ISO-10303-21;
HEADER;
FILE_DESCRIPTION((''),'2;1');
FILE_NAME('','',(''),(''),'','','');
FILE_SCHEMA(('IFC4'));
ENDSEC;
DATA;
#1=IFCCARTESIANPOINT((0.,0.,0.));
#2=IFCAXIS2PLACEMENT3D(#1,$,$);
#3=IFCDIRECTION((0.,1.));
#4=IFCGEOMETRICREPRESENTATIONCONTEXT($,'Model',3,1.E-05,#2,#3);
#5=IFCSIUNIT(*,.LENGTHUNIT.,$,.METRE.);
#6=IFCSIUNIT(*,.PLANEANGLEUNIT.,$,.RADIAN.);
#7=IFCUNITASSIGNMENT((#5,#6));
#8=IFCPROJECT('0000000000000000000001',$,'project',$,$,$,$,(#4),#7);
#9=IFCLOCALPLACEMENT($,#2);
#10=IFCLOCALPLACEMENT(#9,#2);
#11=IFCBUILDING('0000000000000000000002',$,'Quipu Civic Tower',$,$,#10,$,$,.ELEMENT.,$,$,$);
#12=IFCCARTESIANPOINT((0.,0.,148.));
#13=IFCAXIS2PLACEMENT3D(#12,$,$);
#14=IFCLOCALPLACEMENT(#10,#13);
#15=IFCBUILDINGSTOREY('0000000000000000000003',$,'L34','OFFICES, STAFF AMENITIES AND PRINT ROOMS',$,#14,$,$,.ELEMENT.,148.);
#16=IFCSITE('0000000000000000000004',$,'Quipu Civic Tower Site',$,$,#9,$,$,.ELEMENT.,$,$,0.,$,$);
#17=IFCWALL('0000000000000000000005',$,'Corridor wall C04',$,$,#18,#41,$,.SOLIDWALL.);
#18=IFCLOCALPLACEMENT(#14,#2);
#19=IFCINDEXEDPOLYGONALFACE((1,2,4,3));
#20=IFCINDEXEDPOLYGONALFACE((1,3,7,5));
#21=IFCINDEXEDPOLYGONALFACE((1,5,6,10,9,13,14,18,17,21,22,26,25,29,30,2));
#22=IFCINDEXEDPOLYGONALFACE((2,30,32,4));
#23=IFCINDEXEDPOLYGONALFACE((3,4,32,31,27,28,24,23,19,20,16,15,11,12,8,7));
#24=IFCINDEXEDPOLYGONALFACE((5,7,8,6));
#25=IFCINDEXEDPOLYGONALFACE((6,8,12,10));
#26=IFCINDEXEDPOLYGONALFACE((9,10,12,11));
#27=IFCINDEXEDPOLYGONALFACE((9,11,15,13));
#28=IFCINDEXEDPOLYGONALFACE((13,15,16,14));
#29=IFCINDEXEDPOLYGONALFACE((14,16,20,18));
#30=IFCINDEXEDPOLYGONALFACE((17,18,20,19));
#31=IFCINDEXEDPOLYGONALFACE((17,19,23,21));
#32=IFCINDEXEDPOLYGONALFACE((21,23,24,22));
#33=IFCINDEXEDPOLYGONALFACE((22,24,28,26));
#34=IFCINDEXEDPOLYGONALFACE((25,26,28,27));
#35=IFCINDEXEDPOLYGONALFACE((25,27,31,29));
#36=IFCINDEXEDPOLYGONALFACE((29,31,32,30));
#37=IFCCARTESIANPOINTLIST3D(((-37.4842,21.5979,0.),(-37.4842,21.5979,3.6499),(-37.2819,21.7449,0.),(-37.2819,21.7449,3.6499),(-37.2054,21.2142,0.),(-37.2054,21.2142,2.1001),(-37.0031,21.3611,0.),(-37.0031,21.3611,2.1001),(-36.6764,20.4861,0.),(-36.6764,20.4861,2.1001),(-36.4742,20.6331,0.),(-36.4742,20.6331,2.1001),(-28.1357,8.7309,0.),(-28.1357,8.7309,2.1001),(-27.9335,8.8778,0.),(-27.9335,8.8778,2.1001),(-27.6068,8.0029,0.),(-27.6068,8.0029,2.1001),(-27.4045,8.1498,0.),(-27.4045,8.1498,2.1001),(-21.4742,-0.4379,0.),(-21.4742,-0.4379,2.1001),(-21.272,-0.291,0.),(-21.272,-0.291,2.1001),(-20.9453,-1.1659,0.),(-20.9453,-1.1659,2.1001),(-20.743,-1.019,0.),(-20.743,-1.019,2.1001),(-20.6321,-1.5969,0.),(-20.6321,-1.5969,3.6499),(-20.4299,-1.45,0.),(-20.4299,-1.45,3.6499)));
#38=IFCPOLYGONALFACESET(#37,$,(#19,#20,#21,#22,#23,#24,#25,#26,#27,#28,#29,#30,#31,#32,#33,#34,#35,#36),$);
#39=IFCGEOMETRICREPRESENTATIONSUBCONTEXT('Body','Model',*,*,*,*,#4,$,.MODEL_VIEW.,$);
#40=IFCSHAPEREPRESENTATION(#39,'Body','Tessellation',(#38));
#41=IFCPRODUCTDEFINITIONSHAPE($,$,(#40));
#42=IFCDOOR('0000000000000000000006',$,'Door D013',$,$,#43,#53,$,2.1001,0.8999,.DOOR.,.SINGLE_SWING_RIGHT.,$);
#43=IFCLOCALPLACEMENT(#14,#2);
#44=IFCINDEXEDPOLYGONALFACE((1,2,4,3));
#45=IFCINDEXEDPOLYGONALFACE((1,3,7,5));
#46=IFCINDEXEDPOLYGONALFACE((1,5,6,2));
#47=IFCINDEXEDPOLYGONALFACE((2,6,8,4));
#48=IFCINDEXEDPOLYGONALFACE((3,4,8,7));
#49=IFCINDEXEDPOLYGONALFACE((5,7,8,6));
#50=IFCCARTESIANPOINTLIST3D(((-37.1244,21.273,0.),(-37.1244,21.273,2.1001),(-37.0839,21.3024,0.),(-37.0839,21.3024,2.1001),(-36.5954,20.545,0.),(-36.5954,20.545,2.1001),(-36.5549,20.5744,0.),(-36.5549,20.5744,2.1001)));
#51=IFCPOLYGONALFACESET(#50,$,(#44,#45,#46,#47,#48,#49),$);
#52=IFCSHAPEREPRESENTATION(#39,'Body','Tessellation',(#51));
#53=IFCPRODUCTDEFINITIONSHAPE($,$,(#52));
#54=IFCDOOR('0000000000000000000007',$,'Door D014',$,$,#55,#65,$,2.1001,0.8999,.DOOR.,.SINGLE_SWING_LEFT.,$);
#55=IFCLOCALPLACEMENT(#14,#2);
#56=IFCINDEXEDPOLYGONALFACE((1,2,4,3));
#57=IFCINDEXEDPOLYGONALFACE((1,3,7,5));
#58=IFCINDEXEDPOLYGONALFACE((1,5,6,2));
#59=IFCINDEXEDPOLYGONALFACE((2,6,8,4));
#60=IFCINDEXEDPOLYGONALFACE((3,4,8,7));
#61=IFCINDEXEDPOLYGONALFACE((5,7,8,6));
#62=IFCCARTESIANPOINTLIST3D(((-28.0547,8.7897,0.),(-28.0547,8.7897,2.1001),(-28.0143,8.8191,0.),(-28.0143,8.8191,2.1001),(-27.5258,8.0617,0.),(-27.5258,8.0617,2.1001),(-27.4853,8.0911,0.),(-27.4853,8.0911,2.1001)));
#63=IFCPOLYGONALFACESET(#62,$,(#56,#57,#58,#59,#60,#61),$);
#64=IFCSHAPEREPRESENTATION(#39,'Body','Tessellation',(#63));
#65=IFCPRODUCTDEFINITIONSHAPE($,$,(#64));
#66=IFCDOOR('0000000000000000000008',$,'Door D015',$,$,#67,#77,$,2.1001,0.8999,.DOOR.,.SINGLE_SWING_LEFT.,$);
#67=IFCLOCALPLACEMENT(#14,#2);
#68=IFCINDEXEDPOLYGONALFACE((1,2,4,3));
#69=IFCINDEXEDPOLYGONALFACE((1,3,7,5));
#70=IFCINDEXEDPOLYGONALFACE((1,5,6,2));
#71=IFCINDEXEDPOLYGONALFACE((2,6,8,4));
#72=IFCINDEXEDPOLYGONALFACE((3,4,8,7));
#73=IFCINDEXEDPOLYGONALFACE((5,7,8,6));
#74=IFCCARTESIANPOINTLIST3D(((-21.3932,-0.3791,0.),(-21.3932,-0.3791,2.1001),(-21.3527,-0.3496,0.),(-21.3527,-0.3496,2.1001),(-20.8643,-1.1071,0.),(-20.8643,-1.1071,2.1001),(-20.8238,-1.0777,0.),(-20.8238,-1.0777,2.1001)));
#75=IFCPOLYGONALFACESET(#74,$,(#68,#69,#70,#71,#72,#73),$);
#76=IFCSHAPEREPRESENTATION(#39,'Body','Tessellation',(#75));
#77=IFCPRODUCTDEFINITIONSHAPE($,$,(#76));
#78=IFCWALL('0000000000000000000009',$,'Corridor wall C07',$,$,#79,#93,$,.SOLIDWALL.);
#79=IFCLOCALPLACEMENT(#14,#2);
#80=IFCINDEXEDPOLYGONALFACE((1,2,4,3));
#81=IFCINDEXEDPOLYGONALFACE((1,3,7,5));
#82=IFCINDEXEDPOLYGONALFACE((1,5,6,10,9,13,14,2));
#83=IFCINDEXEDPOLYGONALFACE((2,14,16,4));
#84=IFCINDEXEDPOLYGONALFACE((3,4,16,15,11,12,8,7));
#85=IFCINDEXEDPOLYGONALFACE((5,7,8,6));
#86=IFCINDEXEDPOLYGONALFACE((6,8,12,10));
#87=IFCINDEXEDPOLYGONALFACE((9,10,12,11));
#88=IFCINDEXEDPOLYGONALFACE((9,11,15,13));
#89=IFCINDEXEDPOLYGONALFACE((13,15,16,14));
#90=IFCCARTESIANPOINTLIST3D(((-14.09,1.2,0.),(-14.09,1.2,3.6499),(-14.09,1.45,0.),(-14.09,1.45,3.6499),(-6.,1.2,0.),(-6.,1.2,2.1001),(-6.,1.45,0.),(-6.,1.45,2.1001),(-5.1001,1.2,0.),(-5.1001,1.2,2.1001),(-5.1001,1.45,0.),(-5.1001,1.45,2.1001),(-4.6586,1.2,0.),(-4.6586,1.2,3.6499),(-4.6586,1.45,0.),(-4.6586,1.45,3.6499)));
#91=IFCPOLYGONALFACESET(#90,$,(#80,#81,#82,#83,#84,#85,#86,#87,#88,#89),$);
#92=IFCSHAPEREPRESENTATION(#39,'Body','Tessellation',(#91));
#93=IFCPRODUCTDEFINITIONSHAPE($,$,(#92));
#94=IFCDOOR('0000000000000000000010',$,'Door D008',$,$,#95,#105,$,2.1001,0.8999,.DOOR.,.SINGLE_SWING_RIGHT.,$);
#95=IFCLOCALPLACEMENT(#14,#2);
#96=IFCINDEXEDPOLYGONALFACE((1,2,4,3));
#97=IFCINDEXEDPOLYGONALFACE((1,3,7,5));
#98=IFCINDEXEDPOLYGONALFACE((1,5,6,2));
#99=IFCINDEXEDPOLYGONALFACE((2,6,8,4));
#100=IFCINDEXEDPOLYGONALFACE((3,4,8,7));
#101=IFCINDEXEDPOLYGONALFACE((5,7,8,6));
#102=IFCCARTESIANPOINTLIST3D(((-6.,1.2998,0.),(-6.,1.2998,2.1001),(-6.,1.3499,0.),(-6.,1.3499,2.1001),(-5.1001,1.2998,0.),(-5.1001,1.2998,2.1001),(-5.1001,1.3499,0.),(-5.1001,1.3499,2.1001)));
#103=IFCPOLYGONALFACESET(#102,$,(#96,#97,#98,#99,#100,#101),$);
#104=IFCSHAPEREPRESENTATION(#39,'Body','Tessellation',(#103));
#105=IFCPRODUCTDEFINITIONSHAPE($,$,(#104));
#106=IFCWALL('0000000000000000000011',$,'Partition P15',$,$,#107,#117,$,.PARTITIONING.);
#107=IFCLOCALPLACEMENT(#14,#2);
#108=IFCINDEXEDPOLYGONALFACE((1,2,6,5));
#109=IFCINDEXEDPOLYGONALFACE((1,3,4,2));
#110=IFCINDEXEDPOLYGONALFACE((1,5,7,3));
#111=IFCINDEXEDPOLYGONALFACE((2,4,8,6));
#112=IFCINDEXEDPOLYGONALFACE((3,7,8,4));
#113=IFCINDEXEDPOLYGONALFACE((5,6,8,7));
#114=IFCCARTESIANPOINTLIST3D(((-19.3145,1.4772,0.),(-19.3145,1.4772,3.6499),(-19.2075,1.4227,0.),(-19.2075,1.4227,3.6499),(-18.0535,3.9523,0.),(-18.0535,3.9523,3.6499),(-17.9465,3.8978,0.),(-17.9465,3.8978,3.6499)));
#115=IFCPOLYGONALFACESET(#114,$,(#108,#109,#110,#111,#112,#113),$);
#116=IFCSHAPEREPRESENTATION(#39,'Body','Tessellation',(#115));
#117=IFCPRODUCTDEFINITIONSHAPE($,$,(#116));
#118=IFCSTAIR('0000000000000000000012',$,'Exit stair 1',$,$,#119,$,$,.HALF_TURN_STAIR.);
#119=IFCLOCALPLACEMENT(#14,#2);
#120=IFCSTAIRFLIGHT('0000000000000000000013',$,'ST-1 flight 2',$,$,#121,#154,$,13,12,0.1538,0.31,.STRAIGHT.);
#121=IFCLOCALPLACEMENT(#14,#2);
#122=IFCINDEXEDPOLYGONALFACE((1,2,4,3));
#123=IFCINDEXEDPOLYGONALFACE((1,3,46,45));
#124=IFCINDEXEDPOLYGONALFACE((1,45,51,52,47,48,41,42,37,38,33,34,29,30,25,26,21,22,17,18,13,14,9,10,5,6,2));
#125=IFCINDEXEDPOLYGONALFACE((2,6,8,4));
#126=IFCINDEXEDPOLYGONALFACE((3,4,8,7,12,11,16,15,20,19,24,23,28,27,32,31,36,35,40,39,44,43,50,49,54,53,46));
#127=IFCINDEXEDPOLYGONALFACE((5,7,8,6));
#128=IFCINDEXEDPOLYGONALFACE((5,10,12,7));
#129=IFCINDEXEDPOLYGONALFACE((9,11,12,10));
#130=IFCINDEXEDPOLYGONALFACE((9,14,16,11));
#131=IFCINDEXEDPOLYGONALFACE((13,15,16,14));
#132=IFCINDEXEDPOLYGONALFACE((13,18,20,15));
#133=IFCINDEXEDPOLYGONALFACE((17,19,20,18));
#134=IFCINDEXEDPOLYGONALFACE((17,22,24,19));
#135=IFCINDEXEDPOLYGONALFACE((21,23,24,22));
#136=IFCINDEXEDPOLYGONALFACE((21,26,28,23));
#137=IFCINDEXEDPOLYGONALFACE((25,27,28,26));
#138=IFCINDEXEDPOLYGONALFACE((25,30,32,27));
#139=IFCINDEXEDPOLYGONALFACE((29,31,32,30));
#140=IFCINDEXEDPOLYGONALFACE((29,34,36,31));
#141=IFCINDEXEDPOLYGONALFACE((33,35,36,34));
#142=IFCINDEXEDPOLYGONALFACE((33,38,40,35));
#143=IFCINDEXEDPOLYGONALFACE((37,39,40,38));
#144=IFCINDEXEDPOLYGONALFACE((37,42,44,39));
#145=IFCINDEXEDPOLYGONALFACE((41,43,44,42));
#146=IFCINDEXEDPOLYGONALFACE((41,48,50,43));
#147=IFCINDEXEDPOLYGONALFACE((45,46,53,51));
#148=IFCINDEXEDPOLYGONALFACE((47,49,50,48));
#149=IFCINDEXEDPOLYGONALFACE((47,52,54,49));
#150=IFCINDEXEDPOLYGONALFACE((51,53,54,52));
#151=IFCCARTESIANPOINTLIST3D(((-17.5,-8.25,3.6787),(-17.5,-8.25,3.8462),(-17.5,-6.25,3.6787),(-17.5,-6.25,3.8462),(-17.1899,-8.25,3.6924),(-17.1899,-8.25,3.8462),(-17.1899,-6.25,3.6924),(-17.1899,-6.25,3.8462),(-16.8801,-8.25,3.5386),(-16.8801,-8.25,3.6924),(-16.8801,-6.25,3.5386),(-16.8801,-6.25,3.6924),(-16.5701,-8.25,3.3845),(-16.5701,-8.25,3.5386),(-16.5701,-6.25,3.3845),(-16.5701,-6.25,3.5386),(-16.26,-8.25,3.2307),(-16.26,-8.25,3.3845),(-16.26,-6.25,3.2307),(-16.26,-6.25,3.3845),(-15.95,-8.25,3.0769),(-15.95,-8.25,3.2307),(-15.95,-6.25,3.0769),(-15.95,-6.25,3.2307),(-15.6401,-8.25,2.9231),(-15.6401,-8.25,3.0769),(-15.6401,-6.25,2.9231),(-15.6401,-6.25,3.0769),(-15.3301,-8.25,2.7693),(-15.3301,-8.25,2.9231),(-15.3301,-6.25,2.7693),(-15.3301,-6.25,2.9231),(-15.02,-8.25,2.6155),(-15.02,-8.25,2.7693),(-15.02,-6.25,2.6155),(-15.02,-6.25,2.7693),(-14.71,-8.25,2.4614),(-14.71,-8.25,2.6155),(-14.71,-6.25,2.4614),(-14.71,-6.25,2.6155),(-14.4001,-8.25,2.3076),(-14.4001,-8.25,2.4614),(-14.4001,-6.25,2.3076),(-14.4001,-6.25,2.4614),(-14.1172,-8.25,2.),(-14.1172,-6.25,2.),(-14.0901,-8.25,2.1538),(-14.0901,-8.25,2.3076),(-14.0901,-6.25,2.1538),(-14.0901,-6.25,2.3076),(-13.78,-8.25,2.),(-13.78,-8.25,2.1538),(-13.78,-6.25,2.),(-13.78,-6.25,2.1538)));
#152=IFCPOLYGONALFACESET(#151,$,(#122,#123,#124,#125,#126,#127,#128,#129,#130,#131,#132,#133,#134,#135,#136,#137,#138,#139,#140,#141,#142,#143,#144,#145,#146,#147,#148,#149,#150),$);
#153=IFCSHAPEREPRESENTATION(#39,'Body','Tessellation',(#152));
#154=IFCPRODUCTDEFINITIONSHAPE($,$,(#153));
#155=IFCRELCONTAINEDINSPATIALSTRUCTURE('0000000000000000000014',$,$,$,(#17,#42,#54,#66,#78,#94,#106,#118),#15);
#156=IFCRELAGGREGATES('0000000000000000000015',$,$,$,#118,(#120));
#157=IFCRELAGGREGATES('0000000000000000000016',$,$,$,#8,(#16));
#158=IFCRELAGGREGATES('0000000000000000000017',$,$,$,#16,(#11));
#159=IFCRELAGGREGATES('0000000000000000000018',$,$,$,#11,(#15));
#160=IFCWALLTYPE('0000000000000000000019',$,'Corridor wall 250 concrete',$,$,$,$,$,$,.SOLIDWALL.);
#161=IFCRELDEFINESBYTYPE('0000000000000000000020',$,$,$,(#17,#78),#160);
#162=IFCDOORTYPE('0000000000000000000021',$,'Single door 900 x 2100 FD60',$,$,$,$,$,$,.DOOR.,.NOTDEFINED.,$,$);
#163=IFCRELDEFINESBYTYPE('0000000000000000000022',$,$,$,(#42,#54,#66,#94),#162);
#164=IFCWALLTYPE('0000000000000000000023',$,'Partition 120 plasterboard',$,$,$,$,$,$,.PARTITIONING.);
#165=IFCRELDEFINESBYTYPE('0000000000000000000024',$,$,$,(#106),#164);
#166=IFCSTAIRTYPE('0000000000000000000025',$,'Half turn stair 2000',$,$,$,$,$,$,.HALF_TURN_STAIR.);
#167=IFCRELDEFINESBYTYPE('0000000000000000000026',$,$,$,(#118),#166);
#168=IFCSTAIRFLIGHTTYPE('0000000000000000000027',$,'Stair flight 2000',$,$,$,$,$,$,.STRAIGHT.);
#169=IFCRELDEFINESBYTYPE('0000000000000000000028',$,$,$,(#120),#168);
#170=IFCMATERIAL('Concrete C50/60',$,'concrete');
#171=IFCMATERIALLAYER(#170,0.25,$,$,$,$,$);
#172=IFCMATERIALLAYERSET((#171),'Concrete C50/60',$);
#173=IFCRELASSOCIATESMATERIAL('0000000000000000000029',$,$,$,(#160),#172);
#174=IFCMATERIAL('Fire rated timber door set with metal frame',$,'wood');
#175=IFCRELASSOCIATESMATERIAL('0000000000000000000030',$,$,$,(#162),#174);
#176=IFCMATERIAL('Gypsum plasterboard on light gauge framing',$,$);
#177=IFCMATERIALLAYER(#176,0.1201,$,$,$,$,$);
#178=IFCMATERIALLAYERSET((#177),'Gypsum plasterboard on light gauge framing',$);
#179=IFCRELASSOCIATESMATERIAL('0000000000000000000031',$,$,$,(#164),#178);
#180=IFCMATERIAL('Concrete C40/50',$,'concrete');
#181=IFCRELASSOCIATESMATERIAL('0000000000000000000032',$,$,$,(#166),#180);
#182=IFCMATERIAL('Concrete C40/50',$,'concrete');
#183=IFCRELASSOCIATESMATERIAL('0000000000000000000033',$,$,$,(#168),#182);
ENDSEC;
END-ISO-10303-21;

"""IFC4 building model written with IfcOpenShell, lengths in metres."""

from ifc_helpers import new_model, si_unit, direction, frame, frame_2d, origin, place, context, subcontext, project, spatial, polyline, rectangle, outline, extrude, material, layer, layer_set, type_object, element, fill, aggregate, save


model = new_model("IFC4")

# Units and contexts
model_context = context("Model", 3, precision=1e-05, world=origin(), true_north=direction((0.0, 1.0)))
body_context = subcontext(model_context, "Body", "Model", "MODEL_VIEW")
ifc_project = project(units=[si_unit("LENGTHUNIT", "METRE"), si_unit("PLANEANGLEUNIT", "RADIAN")], contexts=[model_context])

# Site, building, storey
site_placement = place(None, origin())
site = spatial("IfcSite", under=ifc_project, at=site_placement, Name="Quipu Civic Tower Site", CompositionType="ELEMENT", RefElevation=0.0)
building_placement = place(site_placement, origin())
building = spatial("IfcBuilding", under=site, at=building_placement, Name="Quipu Civic Tower", CompositionType="ELEMENT")
storey_placement = place(building_placement, frame((0.0, 0.0, 148.0)))
storey = spatial("IfcBuildingStorey", under=building, at=storey_placement, Name="L34", Description="OFFICES, STAFF AMENITIES AND PRINT ROOMS", CompositionType="ELEMENT", Elevation=148.0)

# Wall, openings, doors
ifc_material_1 = material(Name="Concrete C50/60", Category="concrete")
ifc_layer_1 = layer(ifc_material_1, 0.25)
ifc_layer_set_1 = layer_set([ifc_layer_1], Name="Concrete C50/60")
wall_type_1 = type_object("IfcWallType", Name="Corridor wall 250 concrete", PredefinedType="SOLIDWALL", material=ifc_layer_set_1)
wall_1_placement = place(storey_placement, frame((-20.531, -1.5234, 0.0), z_axis=(0.0, 0.0, 1.0), x_axis=(-0.587786, 0.809017, 0.0)))
wall_1 = element("IfcWall", 1, at=wall_1_placement, inside=storey, type_object=wall_type_1, Name="Corridor wall C04", PredefinedType="SOLIDWALL", context=body_context, shape_type="SweptSolid", body=[
    extrude(rectangle(XDim=28.6704, YDim=0.25, at=frame_2d((14.3352, 0.0))), origin(), (0.0, 0.0, 1.0), 3.6499),
])
opening_1_placement = place(wall_1_placement, frame((27.2961, 0.0, 0.0)))
opening_1 = element("IfcOpeningElement", 2, at=opening_1_placement, cuts=wall_1, PredefinedType="OPENING", context=body_context, shape_type="SweptSolid", body=[
    extrude(rectangle(XDim=0.8999, YDim=2.1001, at=frame_2d((0.45, 1.05))), frame((0.0, 0.135, 0.0), z_axis=(0.0, -1.0, 0.0), x_axis=(1.0, 0.0, 0.0)), (0.0, 0.0, 1.0), 0.27),
])
opening_2_placement = place(wall_1_placement, frame((11.866, 0.0, 0.0)))
opening_2 = element("IfcOpeningElement", 3, at=opening_2_placement, cuts=wall_1, PredefinedType="OPENING", context=body_context, shape_type="SweptSolid", body=[
    extrude(rectangle(XDim=0.8999, YDim=2.1001, at=frame_2d((0.45, 1.05))), frame((0.0, 0.135, 0.0), z_axis=(0.0, -1.0, 0.0), x_axis=(1.0, 0.0, 0.0)), (0.0, 0.0, 1.0), 0.27),
])
opening_3_placement = place(wall_1_placement, frame((0.5327, 0.0, 0.0)))
opening_3 = element("IfcOpeningElement", 4, at=opening_3_placement, cuts=wall_1, PredefinedType="OPENING", context=body_context, shape_type="SweptSolid", body=[
    extrude(rectangle(XDim=0.8999, YDim=2.1001, at=frame_2d((0.45, 1.05))), frame((0.0, 0.135, 0.0), z_axis=(0.0, -1.0, 0.0), x_axis=(1.0, 0.0, 0.0)), (0.0, 0.0, 1.0), 0.27),
])
ifc_material_2 = material(Name="Fire rated timber door set with metal frame", Category="wood")
door_type_1 = type_object("IfcDoorType", Name="Single door 900 x 2100 FD60", OperationType="NOTDEFINED", PredefinedType="DOOR", material=ifc_material_2)
door_1_placement = place(opening_1_placement, origin())
door_1 = element("IfcDoor", 5, at=door_1_placement, inside=storey, type_object=door_type_1, Name="Door D013", OperationType="SINGLE_SWING_RIGHT", OverallHeight=2.1001, OverallWidth=0.8999, PredefinedType="DOOR", context=body_context, shape_type="SweptSolid", body=[
    extrude(rectangle(XDim=0.8999, YDim=2.1001, at=frame_2d((0.45, 1.05))), frame((0.0, 0.0249, 0.0), z_axis=(0.0, -1.0, 0.0), x_axis=(1.0, 0.0, 0.0)), (0.0, 0.0, 1.0), 0.05),
])
fill(opening_1, door_1)
door_2_placement = place(opening_2_placement, origin())
door_2 = element("IfcDoor", 6, at=door_2_placement, inside=storey, type_object=door_type_1, Name="Door D014", OperationType="SINGLE_SWING_LEFT", OverallHeight=2.1001, OverallWidth=0.8999, PredefinedType="DOOR", context=body_context, shape_type="SweptSolid", body=[
    extrude(rectangle(XDim=0.8999, YDim=2.1001, at=frame_2d((0.45, 1.05))), frame((0.0, 0.0249, 0.0), z_axis=(0.0, -1.0, 0.0), x_axis=(1.0, 0.0, 0.0)), (0.0, 0.0, 1.0), 0.05),
])
fill(opening_2, door_2)
door_3_placement = place(opening_3_placement, origin())
door_3 = element("IfcDoor", 7, at=door_3_placement, inside=storey, type_object=door_type_1, Name="Door D015", OperationType="SINGLE_SWING_LEFT", OverallHeight=2.1001, OverallWidth=0.8999, PredefinedType="DOOR", context=body_context, shape_type="SweptSolid", body=[
    extrude(rectangle(XDim=0.8999, YDim=2.1001, at=frame_2d((0.45, 1.05))), frame((0.0, 0.0249, 0.0), z_axis=(0.0, -1.0, 0.0), x_axis=(1.0, 0.0, 0.0)), (0.0, 0.0, 1.0), 0.05),
])
fill(opening_3, door_3)

# Wall, opening, door
wall_2_placement = place(storey_placement, frame((-14.0901, 1.325, 0.0), z_axis=(0.0, 0.0, 1.0), x_axis=(1.0, 0.0, 0.0)))
wall_2 = element("IfcWall", 8, at=wall_2_placement, inside=storey, type_object=wall_type_1, Name="Corridor wall C07", PredefinedType="SOLIDWALL", context=body_context, shape_type="SweptSolid", body=[
    extrude(rectangle(XDim=9.4314, YDim=0.25, at=frame_2d((4.7158, 0.0))), origin(), (0.0, 0.0, 1.0), 3.6499),
])
opening_4_placement = place(wall_2_placement, frame((8.0901, 0.0, 0.0)))
opening_4 = element("IfcOpeningElement", 9, at=opening_4_placement, cuts=wall_2, PredefinedType="OPENING", context=body_context, shape_type="SweptSolid", body=[
    extrude(rectangle(XDim=0.8999, YDim=2.1001, at=frame_2d((0.45, 1.05))), frame((0.0, 0.135, 0.0), z_axis=(0.0, -1.0, 0.0), x_axis=(1.0, 0.0, 0.0)), (0.0, 0.0, 1.0), 0.27),
])
door_4_placement = place(opening_4_placement, origin())
door_4 = element("IfcDoor", 10, at=door_4_placement, inside=storey, type_object=door_type_1, Name="Door D008", OperationType="SINGLE_SWING_RIGHT", OverallHeight=2.1001, OverallWidth=0.8999, PredefinedType="DOOR", context=body_context, shape_type="SweptSolid", body=[
    extrude(rectangle(XDim=0.8999, YDim=2.1001, at=frame_2d((0.45, 1.05))), frame((0.0, 0.0249, 0.0), z_axis=(0.0, -1.0, 0.0), x_axis=(1.0, 0.0, 0.0)), (0.0, 0.0, 1.0), 0.05),
])
fill(opening_4, door_4)

# Wall
ifc_material_3 = material(Name="Gypsum plasterboard on light gauge framing")
ifc_layer_2 = layer(ifc_material_3, 0.1201)
ifc_layer_set_2 = layer_set([ifc_layer_2], Name="Gypsum plasterboard on light gauge framing")
wall_type_2 = type_object("IfcWallType", Name="Partition 120 plasterboard", PredefinedType="PARTITIONING", material=ifc_layer_set_2)
wall_3_placement = place(storey_placement, frame((-19.261, 1.45, 0.0), z_axis=(0.0, 0.0, 1.0), x_axis=(0.453951, 0.891027, 0.0)))
element("IfcWall", 11, at=wall_3_placement, inside=storey, type_object=wall_type_2, Name="Partition P15", PredefinedType="PARTITIONING", context=body_context, shape_type="SweptSolid", body=[
    extrude(rectangle(XDim=2.7778, YDim=0.1201, at=frame_2d((1.3889, 0.0))), origin(), (0.0, 0.0, 1.0), 3.6499),
])

# Stair, stair flight
ifc_material_4 = material(Name="Concrete C40/50", Category="concrete")
stair_type = type_object("IfcStairType", Name="Half turn stair 2000", PredefinedType="HALF_TURN_STAIR", material=ifc_material_4)
stair_placement = place(storey_placement, origin())
stair = element("IfcStair", 12, at=stair_placement, inside=storey, type_object=stair_type, Name="Exit stair 1", PredefinedType="HALF_TURN_STAIR")
ifc_material_5 = material(Name="Concrete C40/50", Category="concrete")
stair_flight_type = type_object("IfcStairFlightType", Name="Stair flight 2000", PredefinedType="STRAIGHT", material=ifc_material_5)
stair_flight_placement = place(storey_placement, frame((-13.78, -7.25, 2.0), z_axis=(0.0, 0.0, 1.0), x_axis=(-1.0, 0.0, 0.0)))
stair_flight = element("IfcStairFlight", 13, at=stair_flight_placement, type_object=stair_flight_type, Name="ST-1 flight 2", NumberOfRisers=13, NumberOfTreads=12, PredefinedType="STRAIGHT", RiserHeight=0.1538, TreadLength=0.31, context=body_context, shape_type="SweptSolid", body=[
    extrude(outline(polyline([(0.0, 0.0), (0.0, 0.1538), (0.3101, 0.1538), (0.3101, 0.3076), (0.6201, 0.3076), (0.6201, 0.4614), (0.9299, 0.4614), (0.9299, 0.6155), (1.24, 0.6155), (1.24, 0.7693), (1.55, 0.7693), (1.55, 0.9231), (1.8601, 0.9231), (1.8601, 1.0769), (2.1699, 1.0769), (2.1699, 1.2307), (2.48, 1.2307), (2.48, 1.3845), (2.79, 1.3845), (2.79, 1.5386), (3.1001, 1.5386), (3.1001, 1.6924), (3.4099, 1.6924), (3.4099, 1.8462), (3.72, 1.8462), (3.72, 2.0), (3.72, 1.6787), (0.3372, 0.0), (0.0, 0.0)])), frame((0.0, 1.0, 0.0), z_axis=(0.0, -1.0, 0.0), x_axis=(1.0, 0.0, 0.0)), (0.0, 0.0, 1.0), 2.0),
])
aggregate(stair, [stair_flight])

save(model, "model.ifc")
